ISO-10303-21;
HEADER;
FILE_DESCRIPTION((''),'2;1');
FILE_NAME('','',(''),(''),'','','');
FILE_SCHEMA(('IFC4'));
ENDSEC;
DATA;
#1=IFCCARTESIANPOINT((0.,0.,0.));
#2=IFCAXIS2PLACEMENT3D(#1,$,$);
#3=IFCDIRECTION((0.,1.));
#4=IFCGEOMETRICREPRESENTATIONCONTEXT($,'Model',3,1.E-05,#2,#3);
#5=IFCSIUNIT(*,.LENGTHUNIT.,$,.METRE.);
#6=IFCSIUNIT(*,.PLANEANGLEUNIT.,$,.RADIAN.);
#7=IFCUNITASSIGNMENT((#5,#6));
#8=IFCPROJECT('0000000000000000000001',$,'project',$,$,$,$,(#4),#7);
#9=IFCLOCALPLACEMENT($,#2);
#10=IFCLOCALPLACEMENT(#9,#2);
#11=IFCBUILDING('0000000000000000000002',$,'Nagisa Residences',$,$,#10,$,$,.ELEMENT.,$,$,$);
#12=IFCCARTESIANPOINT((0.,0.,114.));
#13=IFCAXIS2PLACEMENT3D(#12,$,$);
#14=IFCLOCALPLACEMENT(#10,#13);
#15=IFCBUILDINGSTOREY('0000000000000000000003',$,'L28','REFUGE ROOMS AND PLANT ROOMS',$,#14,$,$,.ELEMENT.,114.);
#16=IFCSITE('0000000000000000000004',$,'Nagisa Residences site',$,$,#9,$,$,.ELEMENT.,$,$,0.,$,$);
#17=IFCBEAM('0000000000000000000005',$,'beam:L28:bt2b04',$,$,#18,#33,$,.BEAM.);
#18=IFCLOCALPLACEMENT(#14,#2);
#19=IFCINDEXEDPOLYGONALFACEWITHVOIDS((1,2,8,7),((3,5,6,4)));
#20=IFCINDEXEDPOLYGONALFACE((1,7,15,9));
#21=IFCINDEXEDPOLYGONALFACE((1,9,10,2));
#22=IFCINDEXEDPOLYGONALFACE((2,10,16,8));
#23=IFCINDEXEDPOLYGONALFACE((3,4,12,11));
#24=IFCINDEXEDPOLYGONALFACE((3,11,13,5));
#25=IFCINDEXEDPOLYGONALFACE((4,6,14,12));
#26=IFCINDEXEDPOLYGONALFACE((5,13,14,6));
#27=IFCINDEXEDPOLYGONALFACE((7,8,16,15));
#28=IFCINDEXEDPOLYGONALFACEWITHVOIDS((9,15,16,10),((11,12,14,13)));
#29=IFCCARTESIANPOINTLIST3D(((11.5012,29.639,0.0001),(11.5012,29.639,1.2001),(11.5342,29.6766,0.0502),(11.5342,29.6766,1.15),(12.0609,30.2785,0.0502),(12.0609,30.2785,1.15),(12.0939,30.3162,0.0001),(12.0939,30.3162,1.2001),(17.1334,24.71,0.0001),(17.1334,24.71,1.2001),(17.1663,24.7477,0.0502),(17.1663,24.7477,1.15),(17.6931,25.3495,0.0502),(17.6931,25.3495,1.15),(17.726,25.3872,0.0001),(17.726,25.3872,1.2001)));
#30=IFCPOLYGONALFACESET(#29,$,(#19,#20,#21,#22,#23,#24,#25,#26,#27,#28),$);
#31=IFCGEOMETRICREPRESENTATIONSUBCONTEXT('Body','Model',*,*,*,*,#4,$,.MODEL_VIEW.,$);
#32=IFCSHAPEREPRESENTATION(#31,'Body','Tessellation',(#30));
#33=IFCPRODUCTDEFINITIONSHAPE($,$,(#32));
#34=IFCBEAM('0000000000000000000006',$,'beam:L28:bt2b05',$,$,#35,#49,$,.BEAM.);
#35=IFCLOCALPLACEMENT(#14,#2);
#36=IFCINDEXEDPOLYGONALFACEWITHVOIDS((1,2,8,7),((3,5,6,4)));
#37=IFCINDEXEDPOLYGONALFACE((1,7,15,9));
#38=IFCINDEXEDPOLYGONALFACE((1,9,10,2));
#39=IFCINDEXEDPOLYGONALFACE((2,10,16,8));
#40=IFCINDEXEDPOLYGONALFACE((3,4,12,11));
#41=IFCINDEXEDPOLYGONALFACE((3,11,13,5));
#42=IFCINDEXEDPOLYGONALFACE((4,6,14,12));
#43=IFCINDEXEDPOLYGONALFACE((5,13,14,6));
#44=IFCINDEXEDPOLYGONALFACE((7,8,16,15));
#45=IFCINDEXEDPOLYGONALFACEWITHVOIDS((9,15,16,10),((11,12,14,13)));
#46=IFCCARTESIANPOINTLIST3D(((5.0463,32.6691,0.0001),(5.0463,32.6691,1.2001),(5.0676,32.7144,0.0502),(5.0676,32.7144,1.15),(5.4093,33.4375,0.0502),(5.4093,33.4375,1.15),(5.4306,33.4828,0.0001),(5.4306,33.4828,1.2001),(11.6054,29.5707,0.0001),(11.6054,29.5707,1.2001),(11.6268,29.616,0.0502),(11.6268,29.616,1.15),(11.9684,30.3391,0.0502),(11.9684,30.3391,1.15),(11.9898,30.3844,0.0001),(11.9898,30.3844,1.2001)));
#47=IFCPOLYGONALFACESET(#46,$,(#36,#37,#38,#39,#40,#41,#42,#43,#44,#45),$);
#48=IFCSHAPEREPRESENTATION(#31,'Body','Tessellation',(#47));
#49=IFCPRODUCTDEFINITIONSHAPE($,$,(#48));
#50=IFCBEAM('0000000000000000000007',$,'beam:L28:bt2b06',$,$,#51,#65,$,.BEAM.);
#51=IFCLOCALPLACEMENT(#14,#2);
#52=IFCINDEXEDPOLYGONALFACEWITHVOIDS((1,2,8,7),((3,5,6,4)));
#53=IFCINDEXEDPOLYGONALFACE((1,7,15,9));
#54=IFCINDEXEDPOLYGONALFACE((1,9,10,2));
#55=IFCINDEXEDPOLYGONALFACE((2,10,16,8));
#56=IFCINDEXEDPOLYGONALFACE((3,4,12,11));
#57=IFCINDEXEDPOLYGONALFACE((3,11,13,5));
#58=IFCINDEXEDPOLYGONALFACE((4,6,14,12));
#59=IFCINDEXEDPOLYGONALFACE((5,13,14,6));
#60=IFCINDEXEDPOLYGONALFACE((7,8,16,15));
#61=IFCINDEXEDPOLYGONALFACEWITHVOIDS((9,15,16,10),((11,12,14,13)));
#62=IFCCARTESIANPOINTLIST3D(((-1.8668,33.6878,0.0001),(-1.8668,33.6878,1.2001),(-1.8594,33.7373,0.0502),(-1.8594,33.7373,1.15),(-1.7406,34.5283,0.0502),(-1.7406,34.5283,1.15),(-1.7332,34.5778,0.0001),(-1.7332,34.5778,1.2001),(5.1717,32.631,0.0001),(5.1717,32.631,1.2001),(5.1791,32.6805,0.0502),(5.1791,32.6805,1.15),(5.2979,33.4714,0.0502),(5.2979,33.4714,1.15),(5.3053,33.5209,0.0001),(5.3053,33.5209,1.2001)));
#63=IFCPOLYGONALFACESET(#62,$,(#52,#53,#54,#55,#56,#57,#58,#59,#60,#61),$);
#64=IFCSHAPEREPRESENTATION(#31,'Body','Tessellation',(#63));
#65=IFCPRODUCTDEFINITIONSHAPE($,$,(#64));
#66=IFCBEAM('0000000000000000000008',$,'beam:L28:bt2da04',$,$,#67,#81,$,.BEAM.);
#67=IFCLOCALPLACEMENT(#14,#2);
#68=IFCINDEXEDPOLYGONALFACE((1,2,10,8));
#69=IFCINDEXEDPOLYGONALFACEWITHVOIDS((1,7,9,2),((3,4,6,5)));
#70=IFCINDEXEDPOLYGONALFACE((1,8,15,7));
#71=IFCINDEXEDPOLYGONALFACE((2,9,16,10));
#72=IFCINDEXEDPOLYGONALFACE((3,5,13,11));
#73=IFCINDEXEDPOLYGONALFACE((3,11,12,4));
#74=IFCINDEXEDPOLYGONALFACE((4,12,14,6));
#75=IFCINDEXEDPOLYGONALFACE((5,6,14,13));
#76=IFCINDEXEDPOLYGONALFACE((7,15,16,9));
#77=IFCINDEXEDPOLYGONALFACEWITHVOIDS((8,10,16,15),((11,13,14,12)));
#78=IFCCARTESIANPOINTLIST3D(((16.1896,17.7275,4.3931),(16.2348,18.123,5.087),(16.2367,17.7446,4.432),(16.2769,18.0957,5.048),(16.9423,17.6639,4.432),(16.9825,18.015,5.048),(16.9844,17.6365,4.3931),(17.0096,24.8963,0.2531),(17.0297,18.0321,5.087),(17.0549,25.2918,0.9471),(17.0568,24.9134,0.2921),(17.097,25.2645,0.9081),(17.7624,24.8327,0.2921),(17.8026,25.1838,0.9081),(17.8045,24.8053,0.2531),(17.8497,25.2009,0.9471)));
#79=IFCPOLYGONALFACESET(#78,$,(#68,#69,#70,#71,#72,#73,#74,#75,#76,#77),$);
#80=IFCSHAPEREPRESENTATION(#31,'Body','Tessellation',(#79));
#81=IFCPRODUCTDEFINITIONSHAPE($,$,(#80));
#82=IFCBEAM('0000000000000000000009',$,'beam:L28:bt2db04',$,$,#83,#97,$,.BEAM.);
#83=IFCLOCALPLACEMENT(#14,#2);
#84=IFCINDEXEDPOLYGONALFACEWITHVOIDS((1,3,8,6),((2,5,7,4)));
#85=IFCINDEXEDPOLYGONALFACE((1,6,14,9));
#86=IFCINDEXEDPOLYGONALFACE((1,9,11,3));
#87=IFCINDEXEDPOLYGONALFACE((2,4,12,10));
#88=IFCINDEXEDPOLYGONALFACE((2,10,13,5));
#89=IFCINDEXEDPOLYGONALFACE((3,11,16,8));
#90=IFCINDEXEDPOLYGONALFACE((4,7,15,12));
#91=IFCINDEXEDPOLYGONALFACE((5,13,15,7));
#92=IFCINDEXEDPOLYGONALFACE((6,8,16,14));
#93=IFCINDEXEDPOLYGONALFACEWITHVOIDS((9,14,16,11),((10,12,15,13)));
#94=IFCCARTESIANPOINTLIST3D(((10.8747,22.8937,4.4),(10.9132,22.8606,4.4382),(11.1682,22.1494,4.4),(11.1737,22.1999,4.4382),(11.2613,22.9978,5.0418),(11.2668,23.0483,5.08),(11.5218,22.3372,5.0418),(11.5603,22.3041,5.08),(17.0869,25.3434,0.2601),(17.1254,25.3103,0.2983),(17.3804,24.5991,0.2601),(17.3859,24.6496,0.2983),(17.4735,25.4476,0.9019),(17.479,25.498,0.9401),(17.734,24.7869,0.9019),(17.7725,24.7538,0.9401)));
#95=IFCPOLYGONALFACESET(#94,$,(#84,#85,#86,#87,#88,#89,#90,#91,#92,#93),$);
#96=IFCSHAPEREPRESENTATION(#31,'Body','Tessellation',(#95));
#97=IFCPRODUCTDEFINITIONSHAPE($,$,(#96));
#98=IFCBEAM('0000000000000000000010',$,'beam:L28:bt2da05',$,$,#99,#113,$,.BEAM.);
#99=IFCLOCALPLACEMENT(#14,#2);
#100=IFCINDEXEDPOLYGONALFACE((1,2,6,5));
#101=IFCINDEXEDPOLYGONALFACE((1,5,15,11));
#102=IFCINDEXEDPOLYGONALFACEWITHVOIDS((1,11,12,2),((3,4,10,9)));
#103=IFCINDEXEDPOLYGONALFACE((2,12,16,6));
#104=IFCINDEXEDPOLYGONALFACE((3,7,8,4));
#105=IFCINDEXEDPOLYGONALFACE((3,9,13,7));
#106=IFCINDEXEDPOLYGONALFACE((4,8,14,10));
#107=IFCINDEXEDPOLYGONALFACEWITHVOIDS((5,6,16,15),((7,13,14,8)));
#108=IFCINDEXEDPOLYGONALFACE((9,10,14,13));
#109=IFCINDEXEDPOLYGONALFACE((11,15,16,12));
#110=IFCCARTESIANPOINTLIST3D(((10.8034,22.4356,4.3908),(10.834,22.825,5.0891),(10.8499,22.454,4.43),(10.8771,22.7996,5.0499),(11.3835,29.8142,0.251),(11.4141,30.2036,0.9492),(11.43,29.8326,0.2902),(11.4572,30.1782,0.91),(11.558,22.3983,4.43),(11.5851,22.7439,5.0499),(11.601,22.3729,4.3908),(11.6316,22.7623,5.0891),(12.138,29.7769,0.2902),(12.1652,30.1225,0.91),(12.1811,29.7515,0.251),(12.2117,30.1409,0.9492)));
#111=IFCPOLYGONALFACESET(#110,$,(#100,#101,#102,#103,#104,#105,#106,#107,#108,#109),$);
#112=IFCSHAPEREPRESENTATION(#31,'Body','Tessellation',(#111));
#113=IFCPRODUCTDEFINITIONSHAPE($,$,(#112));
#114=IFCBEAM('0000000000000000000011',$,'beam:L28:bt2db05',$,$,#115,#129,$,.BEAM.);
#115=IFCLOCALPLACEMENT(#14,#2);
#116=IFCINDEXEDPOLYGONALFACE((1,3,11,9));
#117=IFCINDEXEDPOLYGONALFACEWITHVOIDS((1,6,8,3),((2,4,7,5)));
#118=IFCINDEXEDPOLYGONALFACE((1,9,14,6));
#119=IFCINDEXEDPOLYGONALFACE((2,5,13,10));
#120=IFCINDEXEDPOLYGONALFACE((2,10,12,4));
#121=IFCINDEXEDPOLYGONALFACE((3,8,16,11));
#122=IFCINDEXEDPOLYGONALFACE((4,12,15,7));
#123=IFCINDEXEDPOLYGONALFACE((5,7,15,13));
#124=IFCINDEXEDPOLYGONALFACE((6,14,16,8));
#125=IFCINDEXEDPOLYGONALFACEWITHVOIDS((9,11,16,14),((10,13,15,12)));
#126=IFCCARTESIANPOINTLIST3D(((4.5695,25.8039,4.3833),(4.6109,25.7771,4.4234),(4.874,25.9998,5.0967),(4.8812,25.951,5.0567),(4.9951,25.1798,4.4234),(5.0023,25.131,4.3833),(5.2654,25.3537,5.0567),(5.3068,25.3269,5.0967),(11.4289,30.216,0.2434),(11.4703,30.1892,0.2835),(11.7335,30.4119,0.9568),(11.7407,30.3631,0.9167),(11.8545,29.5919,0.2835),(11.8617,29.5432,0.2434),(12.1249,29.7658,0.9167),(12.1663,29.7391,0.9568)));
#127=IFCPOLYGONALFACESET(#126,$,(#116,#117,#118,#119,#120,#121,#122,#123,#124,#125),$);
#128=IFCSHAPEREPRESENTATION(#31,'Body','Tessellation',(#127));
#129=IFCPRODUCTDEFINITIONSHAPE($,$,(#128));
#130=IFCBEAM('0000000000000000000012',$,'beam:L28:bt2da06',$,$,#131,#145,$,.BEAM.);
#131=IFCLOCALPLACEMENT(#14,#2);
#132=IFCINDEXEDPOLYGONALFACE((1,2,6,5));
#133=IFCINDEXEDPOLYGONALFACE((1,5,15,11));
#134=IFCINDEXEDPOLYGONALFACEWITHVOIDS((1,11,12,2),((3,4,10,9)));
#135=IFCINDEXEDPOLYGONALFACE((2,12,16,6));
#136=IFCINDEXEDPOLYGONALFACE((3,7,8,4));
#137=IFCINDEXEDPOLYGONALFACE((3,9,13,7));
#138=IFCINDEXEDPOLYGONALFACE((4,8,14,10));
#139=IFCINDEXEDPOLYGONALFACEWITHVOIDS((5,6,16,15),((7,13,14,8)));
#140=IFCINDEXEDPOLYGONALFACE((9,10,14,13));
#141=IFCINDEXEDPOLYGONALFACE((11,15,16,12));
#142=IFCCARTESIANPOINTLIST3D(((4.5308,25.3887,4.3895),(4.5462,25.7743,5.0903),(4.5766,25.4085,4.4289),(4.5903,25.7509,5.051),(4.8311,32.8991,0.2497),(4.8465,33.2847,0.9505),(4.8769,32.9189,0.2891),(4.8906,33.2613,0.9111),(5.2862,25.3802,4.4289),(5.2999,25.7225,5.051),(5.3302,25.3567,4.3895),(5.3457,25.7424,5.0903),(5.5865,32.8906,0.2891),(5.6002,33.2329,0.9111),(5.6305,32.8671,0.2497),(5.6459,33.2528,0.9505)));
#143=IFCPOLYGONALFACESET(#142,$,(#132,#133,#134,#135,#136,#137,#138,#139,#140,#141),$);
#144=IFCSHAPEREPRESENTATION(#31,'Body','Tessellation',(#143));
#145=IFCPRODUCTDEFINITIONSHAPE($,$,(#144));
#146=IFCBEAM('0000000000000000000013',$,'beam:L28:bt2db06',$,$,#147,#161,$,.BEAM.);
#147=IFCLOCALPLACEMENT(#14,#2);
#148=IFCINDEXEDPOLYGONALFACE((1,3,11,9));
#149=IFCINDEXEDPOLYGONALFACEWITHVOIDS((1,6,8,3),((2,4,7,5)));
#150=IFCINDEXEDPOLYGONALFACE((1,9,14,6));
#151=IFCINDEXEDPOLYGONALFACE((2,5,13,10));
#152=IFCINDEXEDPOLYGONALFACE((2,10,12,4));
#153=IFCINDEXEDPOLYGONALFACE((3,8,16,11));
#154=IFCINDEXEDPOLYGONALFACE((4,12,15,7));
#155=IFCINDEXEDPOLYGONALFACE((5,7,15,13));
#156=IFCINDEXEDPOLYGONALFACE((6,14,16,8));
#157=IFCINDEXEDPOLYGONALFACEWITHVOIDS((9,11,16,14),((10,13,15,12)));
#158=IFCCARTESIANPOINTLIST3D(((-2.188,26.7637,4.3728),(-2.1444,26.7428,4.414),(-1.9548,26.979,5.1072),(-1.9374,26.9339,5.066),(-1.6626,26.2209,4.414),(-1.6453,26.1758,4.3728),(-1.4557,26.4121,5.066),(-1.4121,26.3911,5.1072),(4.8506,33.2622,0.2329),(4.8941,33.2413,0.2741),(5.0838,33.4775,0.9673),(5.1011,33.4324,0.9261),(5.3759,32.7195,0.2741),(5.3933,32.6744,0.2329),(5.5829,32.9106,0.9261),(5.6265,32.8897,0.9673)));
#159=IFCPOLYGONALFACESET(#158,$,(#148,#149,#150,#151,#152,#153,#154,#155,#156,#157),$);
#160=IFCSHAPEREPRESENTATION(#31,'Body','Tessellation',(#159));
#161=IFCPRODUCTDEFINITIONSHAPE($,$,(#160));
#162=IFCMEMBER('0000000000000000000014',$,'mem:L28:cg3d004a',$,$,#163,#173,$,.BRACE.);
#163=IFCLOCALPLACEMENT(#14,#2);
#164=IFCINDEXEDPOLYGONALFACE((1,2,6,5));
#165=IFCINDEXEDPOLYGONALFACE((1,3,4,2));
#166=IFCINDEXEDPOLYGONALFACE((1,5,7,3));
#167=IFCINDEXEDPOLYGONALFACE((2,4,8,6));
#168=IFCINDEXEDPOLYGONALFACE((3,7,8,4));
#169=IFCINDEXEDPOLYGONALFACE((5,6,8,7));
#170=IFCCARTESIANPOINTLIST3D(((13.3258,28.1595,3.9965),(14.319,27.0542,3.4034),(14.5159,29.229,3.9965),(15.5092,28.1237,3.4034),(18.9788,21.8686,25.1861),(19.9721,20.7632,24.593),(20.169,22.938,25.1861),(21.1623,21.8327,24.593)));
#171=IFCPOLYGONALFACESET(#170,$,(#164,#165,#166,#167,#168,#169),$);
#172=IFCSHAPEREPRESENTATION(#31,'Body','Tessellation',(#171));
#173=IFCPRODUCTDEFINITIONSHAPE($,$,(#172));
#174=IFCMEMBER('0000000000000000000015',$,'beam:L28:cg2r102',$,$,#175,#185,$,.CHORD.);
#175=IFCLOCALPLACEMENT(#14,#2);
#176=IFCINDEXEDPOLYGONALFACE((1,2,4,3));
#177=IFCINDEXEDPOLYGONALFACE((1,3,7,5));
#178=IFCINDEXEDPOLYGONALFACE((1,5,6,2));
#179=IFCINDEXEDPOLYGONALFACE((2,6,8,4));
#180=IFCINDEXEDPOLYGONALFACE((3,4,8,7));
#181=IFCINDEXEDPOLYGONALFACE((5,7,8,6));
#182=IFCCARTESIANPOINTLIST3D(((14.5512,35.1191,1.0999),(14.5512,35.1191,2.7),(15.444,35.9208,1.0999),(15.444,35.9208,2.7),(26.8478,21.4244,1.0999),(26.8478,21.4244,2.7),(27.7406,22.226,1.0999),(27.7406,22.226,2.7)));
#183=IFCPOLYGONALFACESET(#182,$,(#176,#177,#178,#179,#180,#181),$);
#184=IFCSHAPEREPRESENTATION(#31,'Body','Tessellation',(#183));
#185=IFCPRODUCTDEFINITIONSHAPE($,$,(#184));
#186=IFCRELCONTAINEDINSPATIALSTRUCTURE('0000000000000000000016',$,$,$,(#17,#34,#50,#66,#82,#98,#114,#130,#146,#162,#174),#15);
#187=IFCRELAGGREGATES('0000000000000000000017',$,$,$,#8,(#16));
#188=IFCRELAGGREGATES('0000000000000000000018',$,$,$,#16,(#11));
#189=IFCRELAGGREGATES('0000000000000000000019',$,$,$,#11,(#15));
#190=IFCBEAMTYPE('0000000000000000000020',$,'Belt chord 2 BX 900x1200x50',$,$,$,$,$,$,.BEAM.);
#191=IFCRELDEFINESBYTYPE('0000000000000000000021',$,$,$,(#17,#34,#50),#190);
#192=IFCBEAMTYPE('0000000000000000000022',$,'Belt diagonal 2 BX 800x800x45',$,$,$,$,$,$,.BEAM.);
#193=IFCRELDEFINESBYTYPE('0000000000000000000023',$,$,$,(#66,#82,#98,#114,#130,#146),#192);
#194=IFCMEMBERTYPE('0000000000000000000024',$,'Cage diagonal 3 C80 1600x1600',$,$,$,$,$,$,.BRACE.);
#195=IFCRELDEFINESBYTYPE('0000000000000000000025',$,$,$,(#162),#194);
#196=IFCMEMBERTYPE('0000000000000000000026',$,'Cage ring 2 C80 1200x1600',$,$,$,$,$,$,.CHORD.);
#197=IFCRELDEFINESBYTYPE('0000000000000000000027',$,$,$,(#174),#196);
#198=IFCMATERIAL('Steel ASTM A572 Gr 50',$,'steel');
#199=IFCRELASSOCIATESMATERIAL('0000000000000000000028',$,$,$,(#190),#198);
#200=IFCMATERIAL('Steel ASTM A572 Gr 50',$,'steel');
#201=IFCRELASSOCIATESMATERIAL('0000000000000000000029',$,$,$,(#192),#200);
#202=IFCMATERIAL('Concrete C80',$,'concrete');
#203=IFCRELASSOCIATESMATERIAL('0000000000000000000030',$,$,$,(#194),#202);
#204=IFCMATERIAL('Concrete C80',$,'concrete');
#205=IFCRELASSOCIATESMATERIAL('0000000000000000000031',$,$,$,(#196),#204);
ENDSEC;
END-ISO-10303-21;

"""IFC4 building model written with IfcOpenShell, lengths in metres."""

from ifc_helpers import new_model, si_unit, direction, frame, origin, origin_2d, place, context, subcontext, project, spatial, rectangle, hollow_rectangle, extrude, material, material_profile, profile_set, type_object, element, save


model = new_model("IFC4")

# Units and contexts
model_context = context("Model", 3, precision=1e-05, world=origin(), true_north=direction((0.0, 1.0)))
body_context = subcontext(model_context, "Body", "Model", "MODEL_VIEW")
ifc_project = project(units=[si_unit("LENGTHUNIT", "METRE"), si_unit("PLANEANGLEUNIT", "RADIAN")], contexts=[model_context])

# Site, building, storey
site_placement = place(None, origin())
site = spatial("IfcSite", under=ifc_project, at=site_placement, Name="Nagisa Residences site", CompositionType="ELEMENT", RefElevation=0.0)
building_placement = place(site_placement, origin())
building = spatial("IfcBuilding", under=site, at=building_placement, Name="Nagisa Residences", CompositionType="ELEMENT")
storey_placement = place(building_placement, frame((0.0, 0.0, 114.0)))
storey = spatial("IfcBuildingStorey", under=building, at=storey_placement, Name="L28", Description="REFUGE ROOMS AND PLANT ROOMS", CompositionType="ELEMENT", Elevation=114.0)

# Beams
ifc_material_1 = material(Name="Steel ASTM A572 Gr 50", Category="steel")
ifc_material_profile_1 = material_profile(ifc_material_1, hollow_rectangle(XDim=0.8999, YDim=1.2, WallThickness=0.05, at=origin_2d()), Name="BX 900x1200x50")
ifc_profile_set_1 = profile_set([ifc_material_profile_1], Name="Steel ASTM A572 Gr 50")
beam_type_1 = type_object("IfcBeamType", Name="Belt chord 2 BX 900x1200x50", PredefinedType="BEAM", material=ifc_profile_set_1)
beam_1_placement = place(storey_placement, frame((17.4297, 25.0486, 0.6001), z_axis=(-0.752518, 0.658572, 0.0), x_axis=(-0.658572, -0.752518, 0.0)))
element("IfcBeam", 1, at=beam_1_placement, inside=storey, type_object=beam_type_1, Name="beam:L28:bt2b04", PredefinedType="BEAM", context=body_context, shape_type="SweptSolid", body=[
    extrude(hollow_rectangle(XDim=0.8999, YDim=1.2, WallThickness=0.05, at=origin_2d()), origin(), (0.0, 0.0, 1.0), 7.4844),
])
beam_2_placement = place(storey_placement, frame((11.7976, 29.9775, 0.6001), z_axis=(-0.904193, 0.427124, 0.0), x_axis=(-0.427124, -0.904193, 0.0)))
element("IfcBeam", 2, at=beam_2_placement, inside=storey, type_object=beam_type_1, Name="beam:L28:bt2b05", PredefinedType="BEAM", context=body_context, shape_type="SweptSolid", body=[
    extrude(hollow_rectangle(XDim=0.8999, YDim=1.2, WallThickness=0.05, at=origin_2d()), origin(), (0.0, 0.0, 1.0), 7.2542),
])
beam_3_placement = place(storey_placement, frame((5.2385, 33.0759, 0.6001), z_axis=(-0.988914, 0.148491, 0.0), x_axis=(-0.148491, -0.988914, 0.0)))
element("IfcBeam", 3, at=beam_3_placement, inside=storey, type_object=beam_type_1, Name="beam:L28:bt2b06", PredefinedType="BEAM", context=body_context, shape_type="SweptSolid", body=[
    extrude(hollow_rectangle(XDim=0.8999, YDim=1.2, WallThickness=0.05, at=origin_2d()), origin(), (0.0, 0.0, 1.0), 7.1174),
])
ifc_material_2 = material(Name="Steel ASTM A572 Gr 50", Category="steel")
ifc_material_profile_2 = material_profile(ifc_material_2, hollow_rectangle(XDim=0.8, YDim=0.8, WallThickness=0.0449, at=origin_2d()), Name="BX 800x800x45")
ifc_profile_set_2 = profile_set([ifc_material_profile_2], Name="Steel ASTM A572 Gr 50")
beam_type_2 = type_object("IfcBeamType", Name="Belt diagonal 2 BX 800x800x45", PredefinedType="BEAM", material=ifc_profile_set_2)
beam_4_placement = place(storey_placement, frame((17.4297, 25.0486, 0.6001), z_axis=(-0.098581, -0.861753, 0.497658), x_axis=(0.99352, -0.113654, 0.0)))
element("IfcBeam", 4, at=beam_4_placement, inside=storey, type_object=beam_type_2, Name="beam:L28:bt2da04", PredefinedType="BEAM", context=body_context, shape_type="SweptSolid", body=[
    extrude(hollow_rectangle(XDim=0.8, YDim=0.8, WallThickness=0.0449, at=origin_2d()), origin(), (0.0, 0.0, 1.0), 8.3188),
])
beam_5_placement = place(storey_placement, frame((17.4297, 25.0486, 0.6001), z_axis=(-0.790664, -0.311791, 0.526913), x_axis=(0.366848, -0.930281, 0.0)))
element("IfcBeam", 5, at=beam_5_placement, inside=storey, type_object=beam_type_2, Name="beam:L28:bt2db04", PredefinedType="BEAM", context=body_context, shape_type="SweptSolid", body=[
    extrude(hollow_rectangle(XDim=0.8, YDim=0.8, WallThickness=0.0449, at=origin_2d()), origin(), (0.0, 0.0, 1.0), 7.8569),
])
beam_6_placement = place(storey_placement, frame((11.7976, 29.9775, 0.6001), z_axis=(-0.068401, -0.870068, 0.488163), x_axis=(0.996924, -0.078374, 0.0)))
element("IfcBeam", 6, at=beam_6_placement, inside=storey, type_object=beam_type_2, Name="beam:L28:bt2da05", PredefinedType="BEAM", context=body_context, shape_type="SweptSolid", body=[
    extrude(hollow_rectangle(XDim=0.8, YDim=0.8, WallThickness=0.0449, at=origin_2d()), origin(), (0.0, 0.0, 1.0), 8.4805),
])
beam_7_placement = place(storey_placement, frame((11.7976, 29.9775, 0.6001), z_axis=(-0.749954, -0.482388, 0.452626), x_axis=(0.540975, -0.841038, 0.0)))
element("IfcBeam", 7, at=beam_7_placement, inside=storey, type_object=beam_type_2, Name="beam:L28:bt2db05", PredefinedType="BEAM", context=body_context, shape_type="SweptSolid", body=[
    extrude(hollow_rectangle(XDim=0.8, YDim=0.8, WallThickness=0.0449, at=origin_2d()), origin(), (0.0, 0.0, 1.0), 9.1465),
])
beam_8_placement = place(storey_placement, frame((5.2385, 33.0759, 0.6001), z_axis=(-0.034994, -0.87523, 0.482439), x_axis=(0.999202, -0.039951, 0.0)))
element("IfcBeam", 8, at=beam_8_placement, inside=storey, type_object=beam_type_2, Name="beam:L28:bt2da06", PredefinedType="BEAM", context=body_context, shape_type="SweptSolid", body=[
    extrude(hollow_rectangle(XDim=0.8, YDim=0.8, WallThickness=0.0449, at=origin_2d()), origin(), (0.0, 0.0, 1.0), 8.5811),
])
beam_9_placement = place(storey_placement, frame((5.2385, 33.0759, 0.6001), z_axis=(-0.674448, -0.6227, 0.396691), x_axis=(0.678358, -0.734731, 0.0)))
element("IfcBeam", 9, at=beam_9_placement, inside=storey, type_object=beam_type_2, Name="beam:L28:bt2db06", PredefinedType="BEAM", context=body_context, shape_type="SweptSolid", body=[
    extrude(hollow_rectangle(XDim=0.8, YDim=0.8, WallThickness=0.0449, at=origin_2d()), origin(), (0.0, 0.0, 1.0), 10.436),
])

# Members
ifc_material_3 = material(Name="Concrete C80", Category="concrete")
ifc_material_profile_3 = material_profile(ifc_material_3, rectangle(XDim=1.6001, YDim=1.6001, at=origin_2d()), Name="C80 1600x1600")
ifc_profile_set_3 = profile_set([ifc_material_profile_3], Name="Concrete C80")
member_type_1 = type_object("IfcMemberType", Name="Cage diagonal 3 C80 1600x1600", PredefinedType="BRACE", material=ifc_profile_set_3)
member_1_placement = place(storey_placement, frame((14.4175, 28.1416, 3.7), z_axis=(0.247776, -0.275737, 0.92875), x_axis=(0.743814, 0.668387, 0.0)))
element("IfcMember", 10, at=member_1_placement, inside=storey, type_object=member_type_1, Name="mem:L28:cg3d004a", PredefinedType="BRACE", context=body_context, shape_type="SweptSolid", body=[
    extrude(rectangle(XDim=1.6001, YDim=1.6001, at=origin_2d()), origin(), (0.0, 0.0, 1.0), 22.8152),
])
ifc_material_4 = material(Name="Concrete C80", Category="concrete")
ifc_material_profile_4 = material_profile(ifc_material_4, rectangle(XDim=1.2, YDim=1.6001, at=origin_2d()), Name="C80 1200x1600")
ifc_profile_set_4 = profile_set([ifc_material_profile_4], Name="Concrete C80")
member_type_2 = type_object("IfcMemberType", Name="Cage ring 2 C80 1200x1600", PredefinedType="CHORD", material=ifc_profile_set_4)
member_2_placement = place(storey_placement, frame((27.2942, 21.8252, 1.8999), z_axis=(-0.668102, 0.744069, 0.0), x_axis=(-0.744069, -0.668102, 0.0)))
element("IfcMember", 11, at=member_2_placement, inside=storey, type_object=member_type_2, Name="beam:L28:cg2r102", PredefinedType="CHORD", context=body_context, shape_type="SweptSolid", body=[
    extrude(rectangle(XDim=1.2, YDim=1.6001, at=origin_2d()), origin(), (0.0, 0.0, 1.0), 18.4053),
])

save(model, "model.ifc")
